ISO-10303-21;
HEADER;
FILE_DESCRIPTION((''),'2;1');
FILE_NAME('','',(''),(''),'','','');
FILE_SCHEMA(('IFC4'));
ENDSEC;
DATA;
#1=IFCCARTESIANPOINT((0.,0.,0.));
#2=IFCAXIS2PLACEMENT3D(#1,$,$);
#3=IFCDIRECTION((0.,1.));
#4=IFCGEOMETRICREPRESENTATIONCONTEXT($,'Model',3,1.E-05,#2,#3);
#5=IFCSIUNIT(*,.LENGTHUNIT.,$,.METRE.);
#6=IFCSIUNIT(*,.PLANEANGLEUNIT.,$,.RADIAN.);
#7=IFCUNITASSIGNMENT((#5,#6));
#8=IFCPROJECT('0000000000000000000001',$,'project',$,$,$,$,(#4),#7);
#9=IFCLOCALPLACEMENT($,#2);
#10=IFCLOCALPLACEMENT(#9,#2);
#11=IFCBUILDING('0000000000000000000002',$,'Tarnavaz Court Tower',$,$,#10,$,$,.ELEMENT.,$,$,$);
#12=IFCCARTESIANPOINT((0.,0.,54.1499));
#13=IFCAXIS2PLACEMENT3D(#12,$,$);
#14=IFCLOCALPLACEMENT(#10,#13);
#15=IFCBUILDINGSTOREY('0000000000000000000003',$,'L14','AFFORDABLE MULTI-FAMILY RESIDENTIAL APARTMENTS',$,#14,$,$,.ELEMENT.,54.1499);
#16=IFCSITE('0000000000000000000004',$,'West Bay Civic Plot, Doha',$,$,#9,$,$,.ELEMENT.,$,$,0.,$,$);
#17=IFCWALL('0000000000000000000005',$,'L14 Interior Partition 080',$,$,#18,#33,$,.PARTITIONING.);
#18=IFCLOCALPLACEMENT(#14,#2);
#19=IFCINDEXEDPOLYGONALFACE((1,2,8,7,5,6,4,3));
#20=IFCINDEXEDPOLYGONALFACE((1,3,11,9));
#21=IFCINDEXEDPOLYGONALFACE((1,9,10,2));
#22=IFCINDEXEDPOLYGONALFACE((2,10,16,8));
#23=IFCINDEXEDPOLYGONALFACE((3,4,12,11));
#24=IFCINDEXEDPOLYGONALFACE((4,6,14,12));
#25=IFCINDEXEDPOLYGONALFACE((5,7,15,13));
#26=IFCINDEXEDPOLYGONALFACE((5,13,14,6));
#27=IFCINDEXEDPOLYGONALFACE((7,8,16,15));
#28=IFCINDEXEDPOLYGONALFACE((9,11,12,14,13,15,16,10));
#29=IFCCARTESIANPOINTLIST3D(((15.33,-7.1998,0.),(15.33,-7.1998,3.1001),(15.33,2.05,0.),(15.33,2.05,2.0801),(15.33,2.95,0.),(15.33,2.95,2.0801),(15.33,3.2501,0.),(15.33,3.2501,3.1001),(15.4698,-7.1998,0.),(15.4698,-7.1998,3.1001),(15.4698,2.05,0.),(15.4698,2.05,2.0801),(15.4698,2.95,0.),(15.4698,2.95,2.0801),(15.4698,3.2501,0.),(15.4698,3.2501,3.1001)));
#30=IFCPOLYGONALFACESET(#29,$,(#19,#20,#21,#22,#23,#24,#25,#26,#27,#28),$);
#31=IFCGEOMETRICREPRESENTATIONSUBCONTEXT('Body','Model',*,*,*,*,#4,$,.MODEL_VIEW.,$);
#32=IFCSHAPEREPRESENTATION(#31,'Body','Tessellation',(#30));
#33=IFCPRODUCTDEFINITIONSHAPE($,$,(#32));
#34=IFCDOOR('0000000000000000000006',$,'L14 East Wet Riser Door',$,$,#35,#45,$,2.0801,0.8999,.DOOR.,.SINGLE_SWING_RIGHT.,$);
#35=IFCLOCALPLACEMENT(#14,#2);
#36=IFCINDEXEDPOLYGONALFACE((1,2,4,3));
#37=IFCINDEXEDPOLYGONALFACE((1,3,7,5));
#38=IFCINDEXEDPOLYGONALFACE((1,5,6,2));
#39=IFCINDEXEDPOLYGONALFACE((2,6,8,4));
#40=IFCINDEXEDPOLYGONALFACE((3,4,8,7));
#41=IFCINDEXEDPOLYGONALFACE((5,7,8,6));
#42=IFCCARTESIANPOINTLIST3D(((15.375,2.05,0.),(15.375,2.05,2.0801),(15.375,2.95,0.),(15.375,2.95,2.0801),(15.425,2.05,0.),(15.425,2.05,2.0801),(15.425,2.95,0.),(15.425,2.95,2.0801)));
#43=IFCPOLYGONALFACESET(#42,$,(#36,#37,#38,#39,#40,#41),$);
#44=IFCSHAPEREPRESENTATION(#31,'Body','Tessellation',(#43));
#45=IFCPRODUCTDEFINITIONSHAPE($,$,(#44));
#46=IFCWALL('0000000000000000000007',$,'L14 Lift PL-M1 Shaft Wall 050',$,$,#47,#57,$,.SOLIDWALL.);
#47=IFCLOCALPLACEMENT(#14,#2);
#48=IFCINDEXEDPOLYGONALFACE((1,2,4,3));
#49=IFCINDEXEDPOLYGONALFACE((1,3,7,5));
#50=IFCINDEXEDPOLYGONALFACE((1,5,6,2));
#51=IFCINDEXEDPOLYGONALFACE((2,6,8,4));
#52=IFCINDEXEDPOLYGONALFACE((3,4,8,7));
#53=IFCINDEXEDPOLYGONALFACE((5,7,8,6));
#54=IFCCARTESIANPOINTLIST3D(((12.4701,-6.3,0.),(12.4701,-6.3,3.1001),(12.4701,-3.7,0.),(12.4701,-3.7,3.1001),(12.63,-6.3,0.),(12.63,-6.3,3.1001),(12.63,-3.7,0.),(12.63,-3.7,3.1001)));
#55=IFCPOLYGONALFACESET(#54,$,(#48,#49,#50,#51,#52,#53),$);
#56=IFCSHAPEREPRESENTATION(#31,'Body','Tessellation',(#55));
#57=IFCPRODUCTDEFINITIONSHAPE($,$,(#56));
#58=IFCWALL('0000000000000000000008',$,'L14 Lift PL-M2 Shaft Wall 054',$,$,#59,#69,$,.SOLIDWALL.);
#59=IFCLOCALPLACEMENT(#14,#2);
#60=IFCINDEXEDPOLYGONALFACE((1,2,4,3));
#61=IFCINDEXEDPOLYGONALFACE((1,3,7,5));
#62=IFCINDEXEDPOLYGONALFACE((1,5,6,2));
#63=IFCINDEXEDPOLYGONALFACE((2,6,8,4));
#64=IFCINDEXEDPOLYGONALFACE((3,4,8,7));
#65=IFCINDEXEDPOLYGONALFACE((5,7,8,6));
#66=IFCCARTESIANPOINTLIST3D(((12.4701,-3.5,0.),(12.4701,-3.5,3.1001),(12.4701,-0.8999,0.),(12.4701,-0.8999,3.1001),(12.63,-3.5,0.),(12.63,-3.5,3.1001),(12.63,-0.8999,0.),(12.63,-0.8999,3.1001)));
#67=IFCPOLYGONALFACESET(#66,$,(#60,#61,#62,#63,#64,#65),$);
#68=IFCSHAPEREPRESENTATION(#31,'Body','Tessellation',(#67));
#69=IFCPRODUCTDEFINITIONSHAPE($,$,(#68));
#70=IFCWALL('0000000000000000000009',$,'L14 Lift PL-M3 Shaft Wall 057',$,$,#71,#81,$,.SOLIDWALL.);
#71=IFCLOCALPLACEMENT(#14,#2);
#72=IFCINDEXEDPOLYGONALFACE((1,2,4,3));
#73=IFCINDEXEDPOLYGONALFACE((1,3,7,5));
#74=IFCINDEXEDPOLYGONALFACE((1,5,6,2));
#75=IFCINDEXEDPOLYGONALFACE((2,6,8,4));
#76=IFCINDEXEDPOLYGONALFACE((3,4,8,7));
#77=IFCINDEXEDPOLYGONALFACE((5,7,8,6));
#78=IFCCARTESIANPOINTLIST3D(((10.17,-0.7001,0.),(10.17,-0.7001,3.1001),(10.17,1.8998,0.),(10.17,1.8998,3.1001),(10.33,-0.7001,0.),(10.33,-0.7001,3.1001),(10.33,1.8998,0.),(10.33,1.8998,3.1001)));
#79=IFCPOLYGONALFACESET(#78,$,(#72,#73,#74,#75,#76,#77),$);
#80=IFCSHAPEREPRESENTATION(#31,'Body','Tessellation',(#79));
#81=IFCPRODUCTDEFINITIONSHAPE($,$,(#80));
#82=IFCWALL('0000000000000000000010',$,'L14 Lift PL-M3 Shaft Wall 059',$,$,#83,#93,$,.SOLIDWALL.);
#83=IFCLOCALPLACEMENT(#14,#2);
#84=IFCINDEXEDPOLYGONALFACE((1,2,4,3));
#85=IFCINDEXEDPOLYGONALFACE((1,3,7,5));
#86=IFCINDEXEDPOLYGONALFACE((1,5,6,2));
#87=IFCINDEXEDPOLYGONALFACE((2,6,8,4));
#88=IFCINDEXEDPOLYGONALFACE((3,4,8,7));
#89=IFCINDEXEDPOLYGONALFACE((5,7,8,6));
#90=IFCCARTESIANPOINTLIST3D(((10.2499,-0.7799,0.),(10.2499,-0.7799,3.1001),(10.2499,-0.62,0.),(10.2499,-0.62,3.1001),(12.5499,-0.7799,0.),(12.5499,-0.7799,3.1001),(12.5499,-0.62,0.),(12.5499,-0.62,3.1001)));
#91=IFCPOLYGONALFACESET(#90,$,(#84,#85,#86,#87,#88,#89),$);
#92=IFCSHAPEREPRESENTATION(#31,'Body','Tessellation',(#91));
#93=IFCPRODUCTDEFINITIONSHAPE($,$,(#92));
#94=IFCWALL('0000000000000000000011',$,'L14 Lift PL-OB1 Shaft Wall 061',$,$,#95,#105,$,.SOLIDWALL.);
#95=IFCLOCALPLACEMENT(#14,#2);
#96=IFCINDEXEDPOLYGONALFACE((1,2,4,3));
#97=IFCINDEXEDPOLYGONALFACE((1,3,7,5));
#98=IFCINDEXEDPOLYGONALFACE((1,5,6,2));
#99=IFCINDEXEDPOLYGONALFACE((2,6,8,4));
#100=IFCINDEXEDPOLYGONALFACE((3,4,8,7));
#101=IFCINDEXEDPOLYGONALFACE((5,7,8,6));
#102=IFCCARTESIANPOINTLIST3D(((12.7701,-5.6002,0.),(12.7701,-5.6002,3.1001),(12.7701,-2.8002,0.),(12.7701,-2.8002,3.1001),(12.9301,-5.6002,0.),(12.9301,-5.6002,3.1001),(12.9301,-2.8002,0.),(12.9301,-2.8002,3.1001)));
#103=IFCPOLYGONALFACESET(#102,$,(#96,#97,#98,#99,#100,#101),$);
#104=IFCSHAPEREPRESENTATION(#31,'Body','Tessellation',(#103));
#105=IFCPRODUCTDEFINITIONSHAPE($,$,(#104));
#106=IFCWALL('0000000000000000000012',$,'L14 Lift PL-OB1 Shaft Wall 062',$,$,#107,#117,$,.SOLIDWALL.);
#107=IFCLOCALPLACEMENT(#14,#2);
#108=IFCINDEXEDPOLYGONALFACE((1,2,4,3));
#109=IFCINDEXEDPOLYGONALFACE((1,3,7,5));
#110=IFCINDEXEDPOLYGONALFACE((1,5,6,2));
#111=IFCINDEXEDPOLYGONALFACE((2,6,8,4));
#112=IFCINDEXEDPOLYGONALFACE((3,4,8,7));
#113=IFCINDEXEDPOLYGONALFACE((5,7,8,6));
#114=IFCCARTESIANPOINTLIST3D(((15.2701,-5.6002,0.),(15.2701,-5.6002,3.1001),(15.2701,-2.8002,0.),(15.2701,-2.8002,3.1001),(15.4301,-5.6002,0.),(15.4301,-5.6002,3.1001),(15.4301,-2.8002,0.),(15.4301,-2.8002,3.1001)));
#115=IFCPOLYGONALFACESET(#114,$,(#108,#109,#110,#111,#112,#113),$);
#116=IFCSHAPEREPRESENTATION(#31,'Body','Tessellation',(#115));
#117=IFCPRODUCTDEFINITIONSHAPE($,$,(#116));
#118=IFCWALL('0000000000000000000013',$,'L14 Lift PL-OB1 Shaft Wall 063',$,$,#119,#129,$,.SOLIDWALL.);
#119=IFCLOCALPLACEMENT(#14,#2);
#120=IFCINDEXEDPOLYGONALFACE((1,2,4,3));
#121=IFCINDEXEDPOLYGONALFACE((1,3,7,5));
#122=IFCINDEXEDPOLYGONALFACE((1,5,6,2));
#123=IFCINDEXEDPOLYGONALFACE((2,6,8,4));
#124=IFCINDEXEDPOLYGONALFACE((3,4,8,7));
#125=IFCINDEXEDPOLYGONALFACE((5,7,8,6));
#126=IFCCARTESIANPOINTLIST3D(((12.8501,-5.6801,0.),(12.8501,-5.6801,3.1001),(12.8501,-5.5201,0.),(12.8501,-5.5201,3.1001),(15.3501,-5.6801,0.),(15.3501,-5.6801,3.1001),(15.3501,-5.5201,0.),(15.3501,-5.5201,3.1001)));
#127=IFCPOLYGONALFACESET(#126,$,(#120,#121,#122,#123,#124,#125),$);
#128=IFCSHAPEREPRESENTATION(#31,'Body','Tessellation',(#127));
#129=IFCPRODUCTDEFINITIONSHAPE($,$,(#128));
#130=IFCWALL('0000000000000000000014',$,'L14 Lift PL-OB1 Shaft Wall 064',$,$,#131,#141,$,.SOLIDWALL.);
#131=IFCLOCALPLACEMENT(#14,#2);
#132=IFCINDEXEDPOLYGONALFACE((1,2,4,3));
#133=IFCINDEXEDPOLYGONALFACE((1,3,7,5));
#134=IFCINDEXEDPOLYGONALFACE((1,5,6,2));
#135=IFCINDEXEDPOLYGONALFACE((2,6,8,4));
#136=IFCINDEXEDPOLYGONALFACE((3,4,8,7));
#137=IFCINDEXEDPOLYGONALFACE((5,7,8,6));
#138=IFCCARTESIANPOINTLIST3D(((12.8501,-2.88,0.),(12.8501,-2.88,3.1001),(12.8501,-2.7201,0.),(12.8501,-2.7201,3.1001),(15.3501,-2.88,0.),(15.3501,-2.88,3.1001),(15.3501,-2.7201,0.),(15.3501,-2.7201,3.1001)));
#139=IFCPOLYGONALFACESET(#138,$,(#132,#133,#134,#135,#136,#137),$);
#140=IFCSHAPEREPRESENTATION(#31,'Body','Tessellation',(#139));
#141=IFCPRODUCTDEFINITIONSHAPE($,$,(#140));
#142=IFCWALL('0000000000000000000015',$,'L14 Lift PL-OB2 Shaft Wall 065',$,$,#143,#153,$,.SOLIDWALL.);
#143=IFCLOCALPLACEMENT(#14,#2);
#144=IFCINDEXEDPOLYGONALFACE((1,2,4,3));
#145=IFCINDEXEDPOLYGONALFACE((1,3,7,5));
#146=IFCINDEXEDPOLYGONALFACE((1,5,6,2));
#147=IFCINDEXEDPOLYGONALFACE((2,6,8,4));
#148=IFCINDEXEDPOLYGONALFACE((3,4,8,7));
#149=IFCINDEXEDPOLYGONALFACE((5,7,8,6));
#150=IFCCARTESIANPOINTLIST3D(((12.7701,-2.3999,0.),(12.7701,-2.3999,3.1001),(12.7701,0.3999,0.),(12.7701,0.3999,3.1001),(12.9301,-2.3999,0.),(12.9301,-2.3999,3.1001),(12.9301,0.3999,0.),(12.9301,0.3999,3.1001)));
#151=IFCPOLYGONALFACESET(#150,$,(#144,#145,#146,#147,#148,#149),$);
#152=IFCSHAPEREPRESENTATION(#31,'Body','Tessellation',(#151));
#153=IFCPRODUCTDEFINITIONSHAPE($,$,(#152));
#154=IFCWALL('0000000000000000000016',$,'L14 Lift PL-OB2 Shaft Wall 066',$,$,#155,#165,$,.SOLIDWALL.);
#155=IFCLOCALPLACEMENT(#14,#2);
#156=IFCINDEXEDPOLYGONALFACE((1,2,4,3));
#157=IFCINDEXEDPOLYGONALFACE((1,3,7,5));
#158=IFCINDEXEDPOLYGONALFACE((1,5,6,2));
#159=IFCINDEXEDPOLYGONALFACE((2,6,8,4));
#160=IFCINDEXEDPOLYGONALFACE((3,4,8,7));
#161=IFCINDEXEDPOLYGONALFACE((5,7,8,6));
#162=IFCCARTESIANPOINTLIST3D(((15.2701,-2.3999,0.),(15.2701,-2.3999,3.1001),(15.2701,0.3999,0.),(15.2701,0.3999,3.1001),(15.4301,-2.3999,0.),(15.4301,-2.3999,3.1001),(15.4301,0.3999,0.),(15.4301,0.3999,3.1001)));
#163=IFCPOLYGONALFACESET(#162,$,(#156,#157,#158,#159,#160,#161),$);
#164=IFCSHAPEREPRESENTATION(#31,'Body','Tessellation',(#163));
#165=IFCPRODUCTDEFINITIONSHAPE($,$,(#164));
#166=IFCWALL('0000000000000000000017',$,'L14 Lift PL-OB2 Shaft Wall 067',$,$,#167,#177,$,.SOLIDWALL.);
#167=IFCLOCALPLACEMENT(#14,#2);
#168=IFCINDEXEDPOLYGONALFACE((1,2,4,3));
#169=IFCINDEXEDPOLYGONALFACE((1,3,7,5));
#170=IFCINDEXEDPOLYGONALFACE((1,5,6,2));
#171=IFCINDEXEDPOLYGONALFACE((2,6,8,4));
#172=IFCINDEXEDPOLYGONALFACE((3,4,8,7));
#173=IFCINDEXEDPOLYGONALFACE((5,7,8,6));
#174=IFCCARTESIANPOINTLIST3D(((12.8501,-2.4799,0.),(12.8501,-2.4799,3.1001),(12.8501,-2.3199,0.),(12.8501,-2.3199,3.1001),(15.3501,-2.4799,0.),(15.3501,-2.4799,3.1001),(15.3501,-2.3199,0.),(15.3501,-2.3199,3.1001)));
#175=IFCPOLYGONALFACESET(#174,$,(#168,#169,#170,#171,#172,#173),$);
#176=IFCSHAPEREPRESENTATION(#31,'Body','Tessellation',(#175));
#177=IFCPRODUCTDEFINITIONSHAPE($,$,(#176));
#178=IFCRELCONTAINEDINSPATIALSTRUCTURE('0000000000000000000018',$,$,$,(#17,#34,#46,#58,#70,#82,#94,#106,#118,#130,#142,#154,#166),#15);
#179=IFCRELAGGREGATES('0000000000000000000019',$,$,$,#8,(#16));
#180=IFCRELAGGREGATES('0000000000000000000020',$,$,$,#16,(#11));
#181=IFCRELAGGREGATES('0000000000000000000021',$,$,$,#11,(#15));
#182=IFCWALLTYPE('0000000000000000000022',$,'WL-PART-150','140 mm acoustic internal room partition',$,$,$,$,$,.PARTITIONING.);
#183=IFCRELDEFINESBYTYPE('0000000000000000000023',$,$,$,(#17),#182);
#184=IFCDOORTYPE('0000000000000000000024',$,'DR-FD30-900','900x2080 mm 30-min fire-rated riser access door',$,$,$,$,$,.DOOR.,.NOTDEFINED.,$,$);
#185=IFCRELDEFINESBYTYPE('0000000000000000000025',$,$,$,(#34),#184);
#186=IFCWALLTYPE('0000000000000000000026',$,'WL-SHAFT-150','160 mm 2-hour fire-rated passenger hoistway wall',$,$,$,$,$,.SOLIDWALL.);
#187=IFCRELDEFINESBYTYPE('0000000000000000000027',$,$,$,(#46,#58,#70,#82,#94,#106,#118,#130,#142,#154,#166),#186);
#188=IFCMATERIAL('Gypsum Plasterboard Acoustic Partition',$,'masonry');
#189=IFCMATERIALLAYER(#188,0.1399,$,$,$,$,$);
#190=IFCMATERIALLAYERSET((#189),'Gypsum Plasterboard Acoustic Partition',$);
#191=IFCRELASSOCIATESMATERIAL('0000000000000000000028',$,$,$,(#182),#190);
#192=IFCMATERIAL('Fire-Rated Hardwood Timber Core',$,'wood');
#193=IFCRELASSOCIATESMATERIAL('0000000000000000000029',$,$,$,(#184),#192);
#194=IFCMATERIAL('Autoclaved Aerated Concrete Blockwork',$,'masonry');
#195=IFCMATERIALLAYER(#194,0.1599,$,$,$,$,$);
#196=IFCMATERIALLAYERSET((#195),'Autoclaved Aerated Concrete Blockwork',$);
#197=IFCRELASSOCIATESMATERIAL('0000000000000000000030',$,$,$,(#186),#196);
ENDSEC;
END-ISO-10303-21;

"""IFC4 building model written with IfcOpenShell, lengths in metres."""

from ifc_helpers import new_model, si_unit, direction, frame, frame_2d, origin, place, context, subcontext, project, spatial, rectangle, extrude, material, layer, layer_set, type_object, element, fill, save


model = new_model("IFC4")

# Units and contexts
model_context = context("Model", 3, precision=1e-05, world=origin(), true_north=direction((0.0, 1.0)))
body_context = subcontext(model_context, "Body", "Model", "MODEL_VIEW")
ifc_project = project(units=[si_unit("LENGTHUNIT", "METRE"), si_unit("PLANEANGLEUNIT", "RADIAN")], contexts=[model_context])

# Site, building, storey
site_placement = place(None, origin())
site = spatial("IfcSite", under=ifc_project, at=site_placement, Name="West Bay Civic Plot, Doha", CompositionType="ELEMENT", RefElevation=0.0)
building_placement = place(site_placement, origin())
building = spatial("IfcBuilding", under=site, at=building_placement, Name="Tarnavaz Court Tower", CompositionType="ELEMENT")
storey_placement = place(building_placement, frame((0.0, 0.0, 54.1499)))
storey = spatial("IfcBuildingStorey", under=building, at=storey_placement, Name="L14", Description="AFFORDABLE MULTI-FAMILY RESIDENTIAL APARTMENTS", CompositionType="ELEMENT", Elevation=54.1499)

# Wall, opening, door
ifc_material_1 = material(Name="Gypsum Plasterboard Acoustic Partition", Category="masonry")
ifc_layer_1 = layer(ifc_material_1, 0.1399)
ifc_layer_set_1 = layer_set([ifc_layer_1], Name="Gypsum Plasterboard Acoustic Partition")
wall_type_1 = type_object("IfcWallType", Name="WL-PART-150", Description="140 mm acoustic internal room partition", PredefinedType="PARTITIONING", material=ifc_layer_set_1)
wall_1_placement = place(storey_placement, frame((15.3999, -7.2, 0.0), z_axis=(0.0, 0.0, 1.0), x_axis=(0.0, 1.0, 0.0)))
wall_1 = element("IfcWall", 1, at=wall_1_placement, inside=storey, type_object=wall_type_1, Name="L14 Interior Partition 080", PredefinedType="PARTITIONING", context=body_context, shape_type="SweptSolid", body=[
    extrude(rectangle(XDim=10.45, YDim=0.1399, at=frame_2d((5.2251, 0.0))), origin(), (0.0, 0.0, 1.0), 3.1001),
])
opening_placement = place(wall_1_placement, frame((9.25, 0.0, 0.0)))
opening = element("IfcOpeningElement", 2, at=opening_placement, cuts=wall_1, PredefinedType="OPENING", context=body_context, shape_type="SweptSolid", body=[
    extrude(rectangle(XDim=0.8999, YDim=2.0801, at=frame_2d((0.45, 1.04))), frame((0.0, 0.0798, 0.0), z_axis=(0.0, -1.0, 0.0), x_axis=(1.0, 0.0, 0.0)), (0.0, 0.0, 1.0), 0.1599),
])
ifc_material_2 = material(Name="Fire-Rated Hardwood Timber Core", Category="wood")
door_type = type_object("IfcDoorType", Name="DR-FD30-900", Description="900x2080 mm 30-min fire-rated riser access door", OperationType="NOTDEFINED", PredefinedType="DOOR", material=ifc_material_2)
door_placement = place(opening_placement, origin())
door = element("IfcDoor", 3, at=door_placement, inside=storey, type_object=door_type, Name="L14 East Wet Riser Door", OperationType="SINGLE_SWING_RIGHT", OverallHeight=2.0801, OverallWidth=0.8999, PredefinedType="DOOR", context=body_context, shape_type="SweptSolid", body=[
    extrude(rectangle(XDim=0.8999, YDim=2.0801, at=frame_2d((0.45, 1.04))), frame((0.0, 0.0249, 0.0), z_axis=(0.0, -1.0, 0.0), x_axis=(1.0, 0.0, 0.0)), (0.0, 0.0, 1.0), 0.05),
])
fill(opening, door)

# Walls
ifc_material_3 = material(Name="Autoclaved Aerated Concrete Blockwork", Category="masonry")
ifc_layer_2 = layer(ifc_material_3, 0.1599)
ifc_layer_set_2 = layer_set([ifc_layer_2], Name="Autoclaved Aerated Concrete Blockwork")
wall_type_2 = type_object("IfcWallType", Name="WL-SHAFT-150", Description="160 mm 2-hour fire-rated passenger hoistway wall", PredefinedType="SOLIDWALL", material=ifc_layer_set_2)
for number, where, z_axis, x_axis, name in (
    (4, (12.55, -6.3, 0.0), (0.0, 0.0, 1.0), (0.0, 1.0, 0.0), "L14 Lift PL-M1 Shaft Wall 050"),
    (5, (12.55, -3.5, 0.0), (0.0, 0.0, 1.0), (0.0, 1.0, 0.0), "L14 Lift PL-M2 Shaft Wall 054"),
):
    element("IfcWall", number, at=place(storey_placement, frame(where, z_axis=z_axis, x_axis=x_axis)), inside=storey, type_object=wall_type_2, Name=name, PredefinedType="SOLIDWALL", context=body_context, shape_type="SweptSolid", body=[
        extrude(rectangle(XDim=2.6001, YDim=0.1599, at=frame_2d((1.3, 0.0))), origin(), (0.0, 0.0, 1.0), 3.1001),
    ])
wall_2_placement = place(storey_placement, frame((10.25, -0.7, 0.0), z_axis=(0.0, 0.0, 1.0), x_axis=(0.0, 1.0, 0.0)))
element("IfcWall", 6, at=wall_2_placement, inside=storey, type_object=wall_type_2, Name="L14 Lift PL-M3 Shaft Wall 057", PredefinedType="SOLIDWALL", context=body_context, shape_type="SweptSolid", body=[
    extrude(rectangle(XDim=2.5999, YDim=0.1599, at=frame_2d((1.2998, 0.0))), origin(), (0.0, 0.0, 1.0), 3.1001),
])
wall_3_placement = place(storey_placement, frame((10.25, -0.7, 0.0), z_axis=(0.0, 0.0, 1.0), x_axis=(1.0, 0.0, 0.0)))
element("IfcWall", 7, at=wall_3_placement, inside=storey, type_object=wall_type_2, Name="L14 Lift PL-M3 Shaft Wall 059", PredefinedType="SOLIDWALL", context=body_context, shape_type="SweptSolid", body=[
    extrude(rectangle(XDim=2.3, YDim=0.1599, at=frame_2d((1.1499, 0.0))), origin(), (0.0, 0.0, 1.0), 3.1001),
])
for number, where, z_axis, x_axis, name in (
    (8, (12.8501, -5.6001, 0.0), (0.0, 0.0, 1.0), (0.0, 1.0, 0.0), "L14 Lift PL-OB1 Shaft Wall 061"),
    (9, (15.3501, -5.6001, 0.0), (0.0, 0.0, 1.0), (0.0, 1.0, 0.0), "L14 Lift PL-OB1 Shaft Wall 062"),
):
    element("IfcWall", number, at=place(storey_placement, frame(where, z_axis=z_axis, x_axis=x_axis)), inside=storey, type_object=wall_type_2, Name=name, PredefinedType="SOLIDWALL", context=body_context, shape_type="SweptSolid", body=[
        extrude(rectangle(XDim=2.8, YDim=0.1599, at=frame_2d((1.3999, 0.0))), origin(), (0.0, 0.0, 1.0), 3.1001),
    ])
for number, where, z_axis, x_axis, name in (
    (10, (12.8501, -5.6001, 0.0), (0.0, 0.0, 1.0), (1.0, 0.0, 0.0), "L14 Lift PL-OB1 Shaft Wall 063"),
    (11, (12.8501, -2.8, 0.0), (0.0, 0.0, 1.0), (1.0, 0.0, 0.0), "L14 Lift PL-OB1 Shaft Wall 064"),
):
    element("IfcWall", number, at=place(storey_placement, frame(where, z_axis=z_axis, x_axis=x_axis)), inside=storey, type_object=wall_type_2, Name=name, PredefinedType="SOLIDWALL", context=body_context, shape_type="SweptSolid", body=[
        extrude(rectangle(XDim=2.5, YDim=0.1599, at=frame_2d((1.25, 0.0))), origin(), (0.0, 0.0, 1.0), 3.1001),
    ])
for number, where, z_axis, x_axis, name in (
    (12, (12.8501, -2.3999, 0.0), (0.0, 0.0, 1.0), (0.0, 1.0, 0.0), "L14 Lift PL-OB2 Shaft Wall 065"),
    (13, (15.3501, -2.3999, 0.0), (0.0, 0.0, 1.0), (0.0, 1.0, 0.0), "L14 Lift PL-OB2 Shaft Wall 066"),
):
    element("IfcWall", number, at=place(storey_placement, frame(where, z_axis=z_axis, x_axis=x_axis)), inside=storey, type_object=wall_type_2, Name=name, PredefinedType="SOLIDWALL", context=body_context, shape_type="SweptSolid", body=[
        extrude(rectangle(XDim=2.7998, YDim=0.1599, at=frame_2d((1.3999, 0.0))), origin(), (0.0, 0.0, 1.0), 3.1001),
    ])
wall_4_placement = place(storey_placement, frame((12.8501, -2.3999, 0.0), z_axis=(0.0, 0.0, 1.0), x_axis=(1.0, 0.0, 0.0)))
element("IfcWall", 14, at=wall_4_placement, inside=storey, type_object=wall_type_2, Name="L14 Lift PL-OB2 Shaft Wall 067", PredefinedType="SOLIDWALL", context=body_context, shape_type="SweptSolid", body=[
    extrude(rectangle(XDim=2.5, YDim=0.1599, at=frame_2d((1.25, 0.0))), origin(), (0.0, 0.0, 1.0), 3.1001),
])

save(model, "model.ifc")
